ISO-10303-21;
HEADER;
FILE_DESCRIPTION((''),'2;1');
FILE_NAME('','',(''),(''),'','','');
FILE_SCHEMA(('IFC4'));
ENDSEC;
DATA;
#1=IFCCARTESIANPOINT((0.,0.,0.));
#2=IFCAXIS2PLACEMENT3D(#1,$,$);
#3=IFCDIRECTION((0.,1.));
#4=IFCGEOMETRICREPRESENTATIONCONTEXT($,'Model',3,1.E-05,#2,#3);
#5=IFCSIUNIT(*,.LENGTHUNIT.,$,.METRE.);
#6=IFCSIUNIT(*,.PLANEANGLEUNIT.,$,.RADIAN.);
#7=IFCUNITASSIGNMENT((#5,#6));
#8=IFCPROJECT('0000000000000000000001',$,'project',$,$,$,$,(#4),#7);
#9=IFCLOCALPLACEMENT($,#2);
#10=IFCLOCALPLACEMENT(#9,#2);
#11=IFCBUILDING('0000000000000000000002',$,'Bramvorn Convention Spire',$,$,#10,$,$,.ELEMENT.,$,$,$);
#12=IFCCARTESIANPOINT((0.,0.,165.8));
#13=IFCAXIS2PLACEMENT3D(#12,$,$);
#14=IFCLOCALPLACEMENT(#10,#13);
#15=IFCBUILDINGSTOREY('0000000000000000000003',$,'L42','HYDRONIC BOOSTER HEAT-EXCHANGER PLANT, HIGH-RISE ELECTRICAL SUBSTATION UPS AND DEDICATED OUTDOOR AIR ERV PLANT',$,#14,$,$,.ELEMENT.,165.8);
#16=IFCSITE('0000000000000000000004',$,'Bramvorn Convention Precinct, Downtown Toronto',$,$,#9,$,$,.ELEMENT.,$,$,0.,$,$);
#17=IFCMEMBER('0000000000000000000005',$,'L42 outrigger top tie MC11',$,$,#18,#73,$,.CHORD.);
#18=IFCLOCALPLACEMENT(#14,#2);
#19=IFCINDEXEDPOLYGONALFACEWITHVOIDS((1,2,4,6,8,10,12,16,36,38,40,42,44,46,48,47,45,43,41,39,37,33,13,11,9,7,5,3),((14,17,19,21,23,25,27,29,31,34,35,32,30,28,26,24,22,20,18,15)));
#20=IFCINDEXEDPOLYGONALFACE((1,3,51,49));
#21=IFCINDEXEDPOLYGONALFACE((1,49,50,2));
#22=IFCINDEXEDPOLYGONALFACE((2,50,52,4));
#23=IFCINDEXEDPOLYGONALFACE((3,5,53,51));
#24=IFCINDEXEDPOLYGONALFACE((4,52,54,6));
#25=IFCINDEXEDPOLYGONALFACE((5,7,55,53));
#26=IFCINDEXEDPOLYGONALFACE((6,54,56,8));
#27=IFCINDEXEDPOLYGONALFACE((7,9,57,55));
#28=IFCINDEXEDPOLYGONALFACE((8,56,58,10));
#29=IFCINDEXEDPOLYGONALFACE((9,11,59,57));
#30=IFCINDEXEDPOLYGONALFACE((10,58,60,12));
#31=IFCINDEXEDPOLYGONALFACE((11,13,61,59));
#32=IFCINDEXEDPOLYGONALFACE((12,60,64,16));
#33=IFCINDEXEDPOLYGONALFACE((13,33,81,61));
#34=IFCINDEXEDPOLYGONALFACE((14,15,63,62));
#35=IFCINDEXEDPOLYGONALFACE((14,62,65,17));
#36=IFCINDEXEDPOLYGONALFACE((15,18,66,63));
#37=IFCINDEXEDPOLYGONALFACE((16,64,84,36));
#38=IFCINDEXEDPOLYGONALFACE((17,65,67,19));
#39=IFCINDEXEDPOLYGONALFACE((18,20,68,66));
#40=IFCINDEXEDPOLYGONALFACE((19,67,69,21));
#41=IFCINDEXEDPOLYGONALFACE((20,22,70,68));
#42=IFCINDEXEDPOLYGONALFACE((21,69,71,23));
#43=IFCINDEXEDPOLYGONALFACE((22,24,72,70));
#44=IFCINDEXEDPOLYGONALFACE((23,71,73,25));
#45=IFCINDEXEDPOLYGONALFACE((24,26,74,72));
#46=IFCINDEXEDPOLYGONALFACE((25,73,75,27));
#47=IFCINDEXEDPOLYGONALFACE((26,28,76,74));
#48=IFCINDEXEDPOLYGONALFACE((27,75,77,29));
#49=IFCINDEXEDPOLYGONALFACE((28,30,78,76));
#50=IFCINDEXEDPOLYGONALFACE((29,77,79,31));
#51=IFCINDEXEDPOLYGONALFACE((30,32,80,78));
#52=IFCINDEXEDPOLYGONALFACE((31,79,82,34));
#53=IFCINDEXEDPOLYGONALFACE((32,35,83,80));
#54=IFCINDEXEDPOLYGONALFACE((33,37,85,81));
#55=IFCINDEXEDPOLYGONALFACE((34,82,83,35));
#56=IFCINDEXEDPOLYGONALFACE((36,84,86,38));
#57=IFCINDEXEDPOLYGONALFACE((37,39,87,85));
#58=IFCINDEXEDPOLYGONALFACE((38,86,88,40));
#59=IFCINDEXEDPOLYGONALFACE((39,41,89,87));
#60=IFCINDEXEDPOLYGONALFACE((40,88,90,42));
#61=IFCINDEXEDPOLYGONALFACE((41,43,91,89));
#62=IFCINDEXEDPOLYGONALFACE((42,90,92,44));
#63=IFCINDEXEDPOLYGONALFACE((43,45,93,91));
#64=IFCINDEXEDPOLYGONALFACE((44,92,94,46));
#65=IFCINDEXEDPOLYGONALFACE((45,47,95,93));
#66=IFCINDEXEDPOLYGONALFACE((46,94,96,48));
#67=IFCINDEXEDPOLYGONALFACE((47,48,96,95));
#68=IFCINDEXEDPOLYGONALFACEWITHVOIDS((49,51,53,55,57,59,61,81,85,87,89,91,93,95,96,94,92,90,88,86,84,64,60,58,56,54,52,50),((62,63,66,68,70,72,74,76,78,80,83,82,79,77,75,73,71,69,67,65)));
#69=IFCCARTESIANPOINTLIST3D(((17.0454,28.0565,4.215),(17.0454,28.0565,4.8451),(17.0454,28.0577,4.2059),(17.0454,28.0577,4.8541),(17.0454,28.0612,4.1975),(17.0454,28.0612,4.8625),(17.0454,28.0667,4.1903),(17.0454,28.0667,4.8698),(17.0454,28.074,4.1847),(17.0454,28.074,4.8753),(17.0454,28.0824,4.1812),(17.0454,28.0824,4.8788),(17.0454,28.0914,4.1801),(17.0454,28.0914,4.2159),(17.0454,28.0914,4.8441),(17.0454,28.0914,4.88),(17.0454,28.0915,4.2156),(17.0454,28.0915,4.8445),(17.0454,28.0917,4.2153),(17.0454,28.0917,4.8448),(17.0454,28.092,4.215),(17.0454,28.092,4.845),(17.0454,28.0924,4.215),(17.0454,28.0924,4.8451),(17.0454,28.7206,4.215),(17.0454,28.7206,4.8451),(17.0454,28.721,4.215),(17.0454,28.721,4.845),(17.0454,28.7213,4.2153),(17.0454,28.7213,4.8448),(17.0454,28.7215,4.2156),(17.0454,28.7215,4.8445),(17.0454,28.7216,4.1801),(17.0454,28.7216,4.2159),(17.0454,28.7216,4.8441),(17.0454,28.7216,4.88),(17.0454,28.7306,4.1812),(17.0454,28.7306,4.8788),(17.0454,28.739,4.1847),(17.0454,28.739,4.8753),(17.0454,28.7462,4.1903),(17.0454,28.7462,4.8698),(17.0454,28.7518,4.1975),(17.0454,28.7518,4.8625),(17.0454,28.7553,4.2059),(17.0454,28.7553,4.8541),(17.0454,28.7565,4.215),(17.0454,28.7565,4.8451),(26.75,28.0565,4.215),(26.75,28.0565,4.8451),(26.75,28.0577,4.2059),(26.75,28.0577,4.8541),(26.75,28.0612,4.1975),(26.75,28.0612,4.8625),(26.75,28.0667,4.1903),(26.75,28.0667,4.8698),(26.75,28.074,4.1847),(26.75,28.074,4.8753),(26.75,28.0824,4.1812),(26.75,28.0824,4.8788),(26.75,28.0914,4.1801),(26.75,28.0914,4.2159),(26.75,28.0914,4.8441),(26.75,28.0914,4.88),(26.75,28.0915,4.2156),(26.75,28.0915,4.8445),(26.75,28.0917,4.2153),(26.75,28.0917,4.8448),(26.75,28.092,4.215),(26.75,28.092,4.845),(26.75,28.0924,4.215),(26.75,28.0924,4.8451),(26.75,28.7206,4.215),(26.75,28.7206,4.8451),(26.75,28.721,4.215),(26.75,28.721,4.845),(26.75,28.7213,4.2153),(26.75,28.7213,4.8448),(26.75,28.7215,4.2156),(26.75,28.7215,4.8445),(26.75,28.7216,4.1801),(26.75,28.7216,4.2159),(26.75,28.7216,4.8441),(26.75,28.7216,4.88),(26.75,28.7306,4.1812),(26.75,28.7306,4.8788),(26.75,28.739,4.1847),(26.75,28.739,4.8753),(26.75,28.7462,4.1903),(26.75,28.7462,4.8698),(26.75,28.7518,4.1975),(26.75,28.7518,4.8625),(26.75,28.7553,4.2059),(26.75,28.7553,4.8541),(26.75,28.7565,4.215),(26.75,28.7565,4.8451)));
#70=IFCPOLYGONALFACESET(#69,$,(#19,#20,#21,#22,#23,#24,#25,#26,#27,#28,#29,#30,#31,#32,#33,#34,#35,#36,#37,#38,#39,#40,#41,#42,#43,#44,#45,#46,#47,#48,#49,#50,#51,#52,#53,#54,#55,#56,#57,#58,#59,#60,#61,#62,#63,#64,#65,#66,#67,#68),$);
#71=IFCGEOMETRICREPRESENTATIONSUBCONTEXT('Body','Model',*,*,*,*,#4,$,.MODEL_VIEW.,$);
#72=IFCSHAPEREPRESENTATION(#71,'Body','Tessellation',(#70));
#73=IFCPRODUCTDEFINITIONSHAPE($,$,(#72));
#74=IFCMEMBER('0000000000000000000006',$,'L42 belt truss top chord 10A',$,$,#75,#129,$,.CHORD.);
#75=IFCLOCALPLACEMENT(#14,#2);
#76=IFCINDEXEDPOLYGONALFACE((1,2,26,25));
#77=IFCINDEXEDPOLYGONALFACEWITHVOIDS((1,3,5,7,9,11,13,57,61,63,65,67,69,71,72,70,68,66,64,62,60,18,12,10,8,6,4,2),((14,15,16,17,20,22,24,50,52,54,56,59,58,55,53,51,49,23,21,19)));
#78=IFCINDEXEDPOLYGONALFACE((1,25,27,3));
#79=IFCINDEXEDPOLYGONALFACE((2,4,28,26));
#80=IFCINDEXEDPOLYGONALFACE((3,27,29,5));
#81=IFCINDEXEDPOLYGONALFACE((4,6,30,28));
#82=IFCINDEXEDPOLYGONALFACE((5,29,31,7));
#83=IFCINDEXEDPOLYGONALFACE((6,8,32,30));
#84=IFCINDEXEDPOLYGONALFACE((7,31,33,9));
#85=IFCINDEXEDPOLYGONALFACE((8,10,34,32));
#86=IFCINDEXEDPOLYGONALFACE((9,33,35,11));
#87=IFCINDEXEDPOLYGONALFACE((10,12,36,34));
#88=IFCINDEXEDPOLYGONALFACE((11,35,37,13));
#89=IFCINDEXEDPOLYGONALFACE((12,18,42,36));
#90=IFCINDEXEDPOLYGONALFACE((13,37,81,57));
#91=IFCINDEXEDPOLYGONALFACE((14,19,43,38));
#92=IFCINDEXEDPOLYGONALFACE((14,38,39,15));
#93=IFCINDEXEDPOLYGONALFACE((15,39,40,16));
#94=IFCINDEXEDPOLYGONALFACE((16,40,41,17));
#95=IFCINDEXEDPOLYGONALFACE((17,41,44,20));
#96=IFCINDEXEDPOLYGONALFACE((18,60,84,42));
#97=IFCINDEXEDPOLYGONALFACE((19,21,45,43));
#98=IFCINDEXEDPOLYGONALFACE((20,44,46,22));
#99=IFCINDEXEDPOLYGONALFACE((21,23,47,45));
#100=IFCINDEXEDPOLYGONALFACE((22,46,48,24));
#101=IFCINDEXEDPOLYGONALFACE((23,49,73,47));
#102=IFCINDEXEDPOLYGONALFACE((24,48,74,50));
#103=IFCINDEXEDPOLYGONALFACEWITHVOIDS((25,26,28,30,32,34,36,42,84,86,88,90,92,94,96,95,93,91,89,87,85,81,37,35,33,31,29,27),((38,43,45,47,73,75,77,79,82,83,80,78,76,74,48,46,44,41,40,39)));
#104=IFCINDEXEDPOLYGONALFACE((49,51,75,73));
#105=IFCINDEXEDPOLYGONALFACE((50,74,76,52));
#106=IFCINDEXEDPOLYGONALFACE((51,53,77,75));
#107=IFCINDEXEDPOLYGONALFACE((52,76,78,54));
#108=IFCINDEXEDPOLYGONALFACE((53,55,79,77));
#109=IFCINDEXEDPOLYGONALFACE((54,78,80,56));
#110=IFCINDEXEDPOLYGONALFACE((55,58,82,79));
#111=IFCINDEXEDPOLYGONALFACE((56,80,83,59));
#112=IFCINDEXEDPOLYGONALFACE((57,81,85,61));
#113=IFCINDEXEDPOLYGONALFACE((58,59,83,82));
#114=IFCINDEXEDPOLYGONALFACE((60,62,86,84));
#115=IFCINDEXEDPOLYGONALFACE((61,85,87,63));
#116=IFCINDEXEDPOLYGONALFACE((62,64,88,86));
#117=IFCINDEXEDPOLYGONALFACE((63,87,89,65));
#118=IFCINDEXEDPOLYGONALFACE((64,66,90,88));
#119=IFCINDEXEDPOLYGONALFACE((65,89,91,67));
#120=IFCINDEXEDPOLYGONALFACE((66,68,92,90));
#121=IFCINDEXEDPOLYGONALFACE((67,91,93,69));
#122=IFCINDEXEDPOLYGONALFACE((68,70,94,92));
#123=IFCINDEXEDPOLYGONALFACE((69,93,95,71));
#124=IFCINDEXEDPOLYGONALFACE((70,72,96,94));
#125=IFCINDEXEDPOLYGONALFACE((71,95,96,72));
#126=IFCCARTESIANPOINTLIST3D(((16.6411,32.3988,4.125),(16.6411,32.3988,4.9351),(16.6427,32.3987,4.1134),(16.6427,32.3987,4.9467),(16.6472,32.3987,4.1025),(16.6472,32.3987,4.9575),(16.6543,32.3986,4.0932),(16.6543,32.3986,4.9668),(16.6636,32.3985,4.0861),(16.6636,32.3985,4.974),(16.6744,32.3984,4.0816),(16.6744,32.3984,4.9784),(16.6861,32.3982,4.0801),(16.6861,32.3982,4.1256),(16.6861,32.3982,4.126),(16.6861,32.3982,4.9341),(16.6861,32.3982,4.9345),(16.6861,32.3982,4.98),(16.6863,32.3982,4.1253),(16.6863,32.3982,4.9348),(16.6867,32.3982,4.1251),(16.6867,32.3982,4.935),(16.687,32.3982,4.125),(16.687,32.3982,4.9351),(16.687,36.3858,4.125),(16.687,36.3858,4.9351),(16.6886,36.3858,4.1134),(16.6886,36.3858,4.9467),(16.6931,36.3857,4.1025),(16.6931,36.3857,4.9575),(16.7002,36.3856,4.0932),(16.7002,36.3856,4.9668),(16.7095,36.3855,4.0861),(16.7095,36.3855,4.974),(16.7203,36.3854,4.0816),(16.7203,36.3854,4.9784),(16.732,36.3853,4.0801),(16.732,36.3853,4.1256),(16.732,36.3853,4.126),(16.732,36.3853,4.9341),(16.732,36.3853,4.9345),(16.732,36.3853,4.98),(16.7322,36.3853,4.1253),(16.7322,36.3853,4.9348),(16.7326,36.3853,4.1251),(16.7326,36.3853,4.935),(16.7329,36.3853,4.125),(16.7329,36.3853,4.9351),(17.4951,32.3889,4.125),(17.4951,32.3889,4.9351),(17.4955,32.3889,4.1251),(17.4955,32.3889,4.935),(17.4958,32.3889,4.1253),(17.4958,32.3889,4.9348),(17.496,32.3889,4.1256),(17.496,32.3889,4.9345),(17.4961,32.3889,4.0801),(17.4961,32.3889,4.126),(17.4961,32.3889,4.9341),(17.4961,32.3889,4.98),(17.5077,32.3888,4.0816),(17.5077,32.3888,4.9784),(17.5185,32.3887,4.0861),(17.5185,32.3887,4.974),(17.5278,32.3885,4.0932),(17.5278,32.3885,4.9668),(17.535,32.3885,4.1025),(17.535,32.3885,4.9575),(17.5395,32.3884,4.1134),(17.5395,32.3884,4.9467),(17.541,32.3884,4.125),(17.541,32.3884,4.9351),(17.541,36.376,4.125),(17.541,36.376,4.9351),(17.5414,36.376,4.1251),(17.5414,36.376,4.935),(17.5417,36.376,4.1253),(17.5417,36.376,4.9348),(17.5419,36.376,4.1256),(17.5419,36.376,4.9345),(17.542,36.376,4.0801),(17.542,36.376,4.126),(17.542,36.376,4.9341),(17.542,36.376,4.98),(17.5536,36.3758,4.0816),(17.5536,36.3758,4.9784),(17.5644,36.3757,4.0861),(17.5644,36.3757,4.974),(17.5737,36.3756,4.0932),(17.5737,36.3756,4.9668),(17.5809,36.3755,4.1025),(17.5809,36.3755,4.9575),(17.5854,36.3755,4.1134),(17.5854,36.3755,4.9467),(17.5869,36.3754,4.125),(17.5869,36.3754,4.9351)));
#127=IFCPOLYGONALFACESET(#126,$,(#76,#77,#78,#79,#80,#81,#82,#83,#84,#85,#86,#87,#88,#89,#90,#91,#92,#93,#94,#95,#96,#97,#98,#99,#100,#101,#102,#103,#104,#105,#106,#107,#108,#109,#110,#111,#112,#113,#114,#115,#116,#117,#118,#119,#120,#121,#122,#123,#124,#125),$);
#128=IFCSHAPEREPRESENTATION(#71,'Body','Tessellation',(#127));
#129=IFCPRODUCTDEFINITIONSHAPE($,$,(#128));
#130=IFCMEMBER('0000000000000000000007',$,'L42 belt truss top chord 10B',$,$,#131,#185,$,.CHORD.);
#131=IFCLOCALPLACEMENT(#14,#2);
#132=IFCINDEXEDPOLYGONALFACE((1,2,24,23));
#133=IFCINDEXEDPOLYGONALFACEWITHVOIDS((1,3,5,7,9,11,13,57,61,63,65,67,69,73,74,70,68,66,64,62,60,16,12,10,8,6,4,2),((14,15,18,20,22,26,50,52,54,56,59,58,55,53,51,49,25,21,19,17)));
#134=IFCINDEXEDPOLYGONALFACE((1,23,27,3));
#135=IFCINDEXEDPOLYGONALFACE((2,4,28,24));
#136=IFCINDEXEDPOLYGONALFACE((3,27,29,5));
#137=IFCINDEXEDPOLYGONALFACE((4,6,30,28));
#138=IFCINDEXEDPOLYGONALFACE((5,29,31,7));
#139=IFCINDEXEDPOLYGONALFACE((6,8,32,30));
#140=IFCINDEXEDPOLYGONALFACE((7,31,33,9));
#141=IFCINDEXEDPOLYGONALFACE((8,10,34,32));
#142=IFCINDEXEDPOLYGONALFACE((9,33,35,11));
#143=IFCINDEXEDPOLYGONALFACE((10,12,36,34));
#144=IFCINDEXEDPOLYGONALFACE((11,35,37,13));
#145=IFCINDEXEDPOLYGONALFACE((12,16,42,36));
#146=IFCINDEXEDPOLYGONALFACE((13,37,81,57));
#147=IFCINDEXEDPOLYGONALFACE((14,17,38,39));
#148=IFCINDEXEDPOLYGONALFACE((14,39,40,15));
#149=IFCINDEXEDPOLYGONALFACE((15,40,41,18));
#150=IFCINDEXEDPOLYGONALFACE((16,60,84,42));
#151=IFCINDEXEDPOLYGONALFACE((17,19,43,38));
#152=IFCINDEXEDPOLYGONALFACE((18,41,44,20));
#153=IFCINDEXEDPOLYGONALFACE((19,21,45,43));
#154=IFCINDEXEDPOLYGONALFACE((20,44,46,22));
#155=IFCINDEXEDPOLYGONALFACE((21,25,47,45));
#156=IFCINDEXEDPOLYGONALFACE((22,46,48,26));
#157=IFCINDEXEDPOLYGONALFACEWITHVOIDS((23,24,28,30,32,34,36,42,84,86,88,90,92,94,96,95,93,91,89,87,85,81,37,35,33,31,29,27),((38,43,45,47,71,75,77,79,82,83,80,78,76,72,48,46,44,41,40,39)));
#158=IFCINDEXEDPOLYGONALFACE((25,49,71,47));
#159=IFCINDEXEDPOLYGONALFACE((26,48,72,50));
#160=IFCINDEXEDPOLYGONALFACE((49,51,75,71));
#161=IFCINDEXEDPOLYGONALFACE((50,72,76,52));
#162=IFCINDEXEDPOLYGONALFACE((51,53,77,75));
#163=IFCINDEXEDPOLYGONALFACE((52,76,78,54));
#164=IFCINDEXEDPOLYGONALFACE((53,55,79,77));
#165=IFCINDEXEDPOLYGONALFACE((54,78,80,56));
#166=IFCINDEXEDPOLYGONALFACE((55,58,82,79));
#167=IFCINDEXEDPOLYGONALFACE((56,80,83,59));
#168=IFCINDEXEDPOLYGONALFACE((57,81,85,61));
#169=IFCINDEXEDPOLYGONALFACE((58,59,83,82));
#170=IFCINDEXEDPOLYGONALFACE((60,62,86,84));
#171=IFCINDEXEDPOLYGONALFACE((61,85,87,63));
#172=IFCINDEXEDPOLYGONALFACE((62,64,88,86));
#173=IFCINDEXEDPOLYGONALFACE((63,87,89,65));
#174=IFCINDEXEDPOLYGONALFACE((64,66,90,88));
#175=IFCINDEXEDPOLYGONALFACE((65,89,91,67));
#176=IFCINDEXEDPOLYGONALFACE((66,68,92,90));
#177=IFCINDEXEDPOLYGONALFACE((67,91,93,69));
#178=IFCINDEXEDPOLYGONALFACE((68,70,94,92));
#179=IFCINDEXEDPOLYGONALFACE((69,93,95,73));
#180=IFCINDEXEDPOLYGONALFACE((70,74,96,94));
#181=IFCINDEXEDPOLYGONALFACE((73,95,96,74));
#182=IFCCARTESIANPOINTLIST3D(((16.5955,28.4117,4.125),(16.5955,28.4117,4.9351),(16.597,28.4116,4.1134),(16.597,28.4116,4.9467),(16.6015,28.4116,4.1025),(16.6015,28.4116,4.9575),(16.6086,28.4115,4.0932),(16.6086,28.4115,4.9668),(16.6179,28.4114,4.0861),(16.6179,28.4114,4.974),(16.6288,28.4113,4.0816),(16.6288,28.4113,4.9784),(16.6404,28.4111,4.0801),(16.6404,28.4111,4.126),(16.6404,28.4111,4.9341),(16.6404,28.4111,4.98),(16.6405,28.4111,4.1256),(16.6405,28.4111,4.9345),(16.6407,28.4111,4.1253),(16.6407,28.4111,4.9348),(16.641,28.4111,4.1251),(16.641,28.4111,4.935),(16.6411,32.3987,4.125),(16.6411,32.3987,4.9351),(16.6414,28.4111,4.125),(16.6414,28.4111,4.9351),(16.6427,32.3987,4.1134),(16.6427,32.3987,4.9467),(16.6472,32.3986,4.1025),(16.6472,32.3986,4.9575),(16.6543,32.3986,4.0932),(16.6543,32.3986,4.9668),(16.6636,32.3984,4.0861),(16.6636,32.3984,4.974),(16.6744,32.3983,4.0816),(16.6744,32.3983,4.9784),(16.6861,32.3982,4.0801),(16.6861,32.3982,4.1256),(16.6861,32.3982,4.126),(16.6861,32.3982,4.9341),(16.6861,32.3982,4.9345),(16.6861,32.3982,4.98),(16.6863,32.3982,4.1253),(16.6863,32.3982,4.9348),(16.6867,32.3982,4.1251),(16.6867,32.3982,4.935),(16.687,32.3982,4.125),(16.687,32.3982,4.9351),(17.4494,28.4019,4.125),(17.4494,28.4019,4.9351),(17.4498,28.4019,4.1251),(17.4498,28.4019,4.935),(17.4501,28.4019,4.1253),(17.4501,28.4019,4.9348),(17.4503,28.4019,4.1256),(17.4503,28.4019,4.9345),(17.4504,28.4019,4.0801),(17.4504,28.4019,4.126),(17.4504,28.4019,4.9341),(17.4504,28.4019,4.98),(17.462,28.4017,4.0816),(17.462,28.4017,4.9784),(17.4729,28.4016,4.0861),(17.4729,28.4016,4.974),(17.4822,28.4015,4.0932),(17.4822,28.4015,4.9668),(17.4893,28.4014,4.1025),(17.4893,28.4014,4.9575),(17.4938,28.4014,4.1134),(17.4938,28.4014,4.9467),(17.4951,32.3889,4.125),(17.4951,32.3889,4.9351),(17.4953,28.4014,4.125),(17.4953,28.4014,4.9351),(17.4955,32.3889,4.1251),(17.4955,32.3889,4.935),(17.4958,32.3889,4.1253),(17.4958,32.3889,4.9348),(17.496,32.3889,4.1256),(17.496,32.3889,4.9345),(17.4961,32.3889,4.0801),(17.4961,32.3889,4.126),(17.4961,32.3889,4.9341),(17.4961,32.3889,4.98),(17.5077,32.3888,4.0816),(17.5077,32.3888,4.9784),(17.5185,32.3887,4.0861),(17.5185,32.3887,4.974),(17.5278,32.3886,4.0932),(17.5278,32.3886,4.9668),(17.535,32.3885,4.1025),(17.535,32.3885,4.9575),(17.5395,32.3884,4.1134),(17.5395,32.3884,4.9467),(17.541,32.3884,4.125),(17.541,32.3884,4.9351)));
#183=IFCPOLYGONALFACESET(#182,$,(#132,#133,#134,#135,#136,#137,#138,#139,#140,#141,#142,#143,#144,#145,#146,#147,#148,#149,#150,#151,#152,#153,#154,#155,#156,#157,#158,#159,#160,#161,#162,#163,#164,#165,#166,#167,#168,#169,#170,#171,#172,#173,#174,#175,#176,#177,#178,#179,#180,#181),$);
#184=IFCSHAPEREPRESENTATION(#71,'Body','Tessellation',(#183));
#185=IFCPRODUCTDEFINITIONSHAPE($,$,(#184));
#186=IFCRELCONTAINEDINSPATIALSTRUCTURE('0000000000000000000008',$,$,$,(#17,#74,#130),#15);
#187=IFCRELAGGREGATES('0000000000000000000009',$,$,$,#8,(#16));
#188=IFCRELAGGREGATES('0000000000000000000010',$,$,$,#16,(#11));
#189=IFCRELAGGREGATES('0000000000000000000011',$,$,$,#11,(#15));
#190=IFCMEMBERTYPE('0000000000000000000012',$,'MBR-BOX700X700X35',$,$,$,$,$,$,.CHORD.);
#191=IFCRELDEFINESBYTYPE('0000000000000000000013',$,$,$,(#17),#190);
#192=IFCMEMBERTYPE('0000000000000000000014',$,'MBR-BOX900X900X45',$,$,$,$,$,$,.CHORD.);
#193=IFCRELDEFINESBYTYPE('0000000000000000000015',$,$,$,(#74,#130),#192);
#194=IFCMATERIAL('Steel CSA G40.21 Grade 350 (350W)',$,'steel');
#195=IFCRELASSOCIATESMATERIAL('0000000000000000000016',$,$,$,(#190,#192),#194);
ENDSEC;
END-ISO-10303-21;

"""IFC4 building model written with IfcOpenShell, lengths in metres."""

from ifc_helpers import new_model, si_unit, direction, frame, origin, origin_2d, place, context, subcontext, project, spatial, hollow_rectangle, extrude, material, material_profile, profile_set, type_object, element, save


model = new_model("IFC4")

# Units and contexts
model_context = context("Model", 3, precision=1e-05, world=origin(), true_north=direction((0.0, 1.0)))
body_context = subcontext(model_context, "Body", "Model", "MODEL_VIEW")
ifc_project = project(units=[si_unit("LENGTHUNIT", "METRE"), si_unit("PLANEANGLEUNIT", "RADIAN")], contexts=[model_context])

# Site, building, storey
site_placement = place(None, origin())
site = spatial("IfcSite", under=ifc_project, at=site_placement, Name="Bramvorn Convention Precinct, Downtown Toronto", CompositionType="ELEMENT", RefElevation=0.0)
building_placement = place(site_placement, origin())
building = spatial("IfcBuilding", under=site, at=building_placement, Name="Bramvorn Convention Spire", CompositionType="ELEMENT")
storey_placement = place(building_placement, frame((0.0, 0.0, 165.8)))
storey = spatial("IfcBuildingStorey", under=building, at=storey_placement, Name="L42", Description="HYDRONIC BOOSTER HEAT-EXCHANGER PLANT, HIGH-RISE ELECTRICAL SUBSTATION UPS AND DEDICATED OUTDOOR AIR ERV PLANT", CompositionType="ELEMENT", Elevation=165.8)

# Shared definitions
ifc_material_1 = material(Name="Steel CSA G40.21 Grade 350 (350W)", Category="steel")

# Members
ifc_material_profile_1 = material_profile(ifc_material_1, hollow_rectangle(XDim=0.7, YDim=0.7, WallThickness=0.0349, InnerFilletRadius=0.001, OuterFilletRadius=0.0349, at=origin_2d()))
ifc_profile_set_1 = profile_set([ifc_material_profile_1], Name="Steel CSA G40.21 Grade 350 (350W) - BOX700X700X35")
member_type_1 = type_object("IfcMemberType", Name="MBR-BOX700X700X35", PredefinedType="CHORD", material=ifc_profile_set_1)
member_1_placement = place(storey_placement, frame((26.75, 28.4065, 4.53), z_axis=(-1.0, 0.0, 0.0), x_axis=(0.0, -1.0, 0.0)))
element("IfcMember", 1, at=member_1_placement, inside=storey, type_object=member_type_1, Name="L42 outrigger top tie MC11", PredefinedType="CHORD", context=body_context, shape_type="SweptSolid", body=[
    extrude(hollow_rectangle(XDim=0.7, YDim=0.7, WallThickness=0.0349, InnerFilletRadius=0.001, OuterFilletRadius=0.0349, at=origin_2d()), origin(), (0.0, 0.0, 1.0), 9.7046),
])
ifc_material_profile_2 = material_profile(ifc_material_1, hollow_rectangle(XDim=0.8999, YDim=0.8999, WallThickness=0.0449, InnerFilletRadius=0.001, OuterFilletRadius=0.0449, at=origin_2d()))
ifc_profile_set_2 = profile_set([ifc_material_profile_2], Name="Steel CSA G40.21 Grade 350 (350W) - BOX900X900X45")
member_type_2 = type_object("IfcMemberType", Name="MBR-BOX900X900X45", PredefinedType="CHORD", material=ifc_profile_set_2)
for number, where, z_axis, x_axis, name in (
    (2, (17.137, 36.3806, 4.53), (-0.011511, -0.999934, 0.0), (0.999934, -0.011511, 0.0), "L42 belt truss top chord 10A"),
    (3, (17.0911, 32.3936, 4.53), (-0.01145, -0.999934, 0.0), (0.999934, -0.01145, 0.0), "L42 belt truss top chord 10B"),
):
    element("IfcMember", number, at=place(storey_placement, frame(where, z_axis=z_axis, x_axis=x_axis)), inside=storey, type_object=member_type_2, Name=name, PredefinedType="CHORD", context=body_context, shape_type="SweptSolid", body=[
        extrude(hollow_rectangle(XDim=0.8999, YDim=0.8999, WallThickness=0.0449, InnerFilletRadius=0.001, OuterFilletRadius=0.0449, at=origin_2d()), origin(), (0.0, 0.0, 1.0), 3.9873),
    ])

save(model, "model.ifc")
